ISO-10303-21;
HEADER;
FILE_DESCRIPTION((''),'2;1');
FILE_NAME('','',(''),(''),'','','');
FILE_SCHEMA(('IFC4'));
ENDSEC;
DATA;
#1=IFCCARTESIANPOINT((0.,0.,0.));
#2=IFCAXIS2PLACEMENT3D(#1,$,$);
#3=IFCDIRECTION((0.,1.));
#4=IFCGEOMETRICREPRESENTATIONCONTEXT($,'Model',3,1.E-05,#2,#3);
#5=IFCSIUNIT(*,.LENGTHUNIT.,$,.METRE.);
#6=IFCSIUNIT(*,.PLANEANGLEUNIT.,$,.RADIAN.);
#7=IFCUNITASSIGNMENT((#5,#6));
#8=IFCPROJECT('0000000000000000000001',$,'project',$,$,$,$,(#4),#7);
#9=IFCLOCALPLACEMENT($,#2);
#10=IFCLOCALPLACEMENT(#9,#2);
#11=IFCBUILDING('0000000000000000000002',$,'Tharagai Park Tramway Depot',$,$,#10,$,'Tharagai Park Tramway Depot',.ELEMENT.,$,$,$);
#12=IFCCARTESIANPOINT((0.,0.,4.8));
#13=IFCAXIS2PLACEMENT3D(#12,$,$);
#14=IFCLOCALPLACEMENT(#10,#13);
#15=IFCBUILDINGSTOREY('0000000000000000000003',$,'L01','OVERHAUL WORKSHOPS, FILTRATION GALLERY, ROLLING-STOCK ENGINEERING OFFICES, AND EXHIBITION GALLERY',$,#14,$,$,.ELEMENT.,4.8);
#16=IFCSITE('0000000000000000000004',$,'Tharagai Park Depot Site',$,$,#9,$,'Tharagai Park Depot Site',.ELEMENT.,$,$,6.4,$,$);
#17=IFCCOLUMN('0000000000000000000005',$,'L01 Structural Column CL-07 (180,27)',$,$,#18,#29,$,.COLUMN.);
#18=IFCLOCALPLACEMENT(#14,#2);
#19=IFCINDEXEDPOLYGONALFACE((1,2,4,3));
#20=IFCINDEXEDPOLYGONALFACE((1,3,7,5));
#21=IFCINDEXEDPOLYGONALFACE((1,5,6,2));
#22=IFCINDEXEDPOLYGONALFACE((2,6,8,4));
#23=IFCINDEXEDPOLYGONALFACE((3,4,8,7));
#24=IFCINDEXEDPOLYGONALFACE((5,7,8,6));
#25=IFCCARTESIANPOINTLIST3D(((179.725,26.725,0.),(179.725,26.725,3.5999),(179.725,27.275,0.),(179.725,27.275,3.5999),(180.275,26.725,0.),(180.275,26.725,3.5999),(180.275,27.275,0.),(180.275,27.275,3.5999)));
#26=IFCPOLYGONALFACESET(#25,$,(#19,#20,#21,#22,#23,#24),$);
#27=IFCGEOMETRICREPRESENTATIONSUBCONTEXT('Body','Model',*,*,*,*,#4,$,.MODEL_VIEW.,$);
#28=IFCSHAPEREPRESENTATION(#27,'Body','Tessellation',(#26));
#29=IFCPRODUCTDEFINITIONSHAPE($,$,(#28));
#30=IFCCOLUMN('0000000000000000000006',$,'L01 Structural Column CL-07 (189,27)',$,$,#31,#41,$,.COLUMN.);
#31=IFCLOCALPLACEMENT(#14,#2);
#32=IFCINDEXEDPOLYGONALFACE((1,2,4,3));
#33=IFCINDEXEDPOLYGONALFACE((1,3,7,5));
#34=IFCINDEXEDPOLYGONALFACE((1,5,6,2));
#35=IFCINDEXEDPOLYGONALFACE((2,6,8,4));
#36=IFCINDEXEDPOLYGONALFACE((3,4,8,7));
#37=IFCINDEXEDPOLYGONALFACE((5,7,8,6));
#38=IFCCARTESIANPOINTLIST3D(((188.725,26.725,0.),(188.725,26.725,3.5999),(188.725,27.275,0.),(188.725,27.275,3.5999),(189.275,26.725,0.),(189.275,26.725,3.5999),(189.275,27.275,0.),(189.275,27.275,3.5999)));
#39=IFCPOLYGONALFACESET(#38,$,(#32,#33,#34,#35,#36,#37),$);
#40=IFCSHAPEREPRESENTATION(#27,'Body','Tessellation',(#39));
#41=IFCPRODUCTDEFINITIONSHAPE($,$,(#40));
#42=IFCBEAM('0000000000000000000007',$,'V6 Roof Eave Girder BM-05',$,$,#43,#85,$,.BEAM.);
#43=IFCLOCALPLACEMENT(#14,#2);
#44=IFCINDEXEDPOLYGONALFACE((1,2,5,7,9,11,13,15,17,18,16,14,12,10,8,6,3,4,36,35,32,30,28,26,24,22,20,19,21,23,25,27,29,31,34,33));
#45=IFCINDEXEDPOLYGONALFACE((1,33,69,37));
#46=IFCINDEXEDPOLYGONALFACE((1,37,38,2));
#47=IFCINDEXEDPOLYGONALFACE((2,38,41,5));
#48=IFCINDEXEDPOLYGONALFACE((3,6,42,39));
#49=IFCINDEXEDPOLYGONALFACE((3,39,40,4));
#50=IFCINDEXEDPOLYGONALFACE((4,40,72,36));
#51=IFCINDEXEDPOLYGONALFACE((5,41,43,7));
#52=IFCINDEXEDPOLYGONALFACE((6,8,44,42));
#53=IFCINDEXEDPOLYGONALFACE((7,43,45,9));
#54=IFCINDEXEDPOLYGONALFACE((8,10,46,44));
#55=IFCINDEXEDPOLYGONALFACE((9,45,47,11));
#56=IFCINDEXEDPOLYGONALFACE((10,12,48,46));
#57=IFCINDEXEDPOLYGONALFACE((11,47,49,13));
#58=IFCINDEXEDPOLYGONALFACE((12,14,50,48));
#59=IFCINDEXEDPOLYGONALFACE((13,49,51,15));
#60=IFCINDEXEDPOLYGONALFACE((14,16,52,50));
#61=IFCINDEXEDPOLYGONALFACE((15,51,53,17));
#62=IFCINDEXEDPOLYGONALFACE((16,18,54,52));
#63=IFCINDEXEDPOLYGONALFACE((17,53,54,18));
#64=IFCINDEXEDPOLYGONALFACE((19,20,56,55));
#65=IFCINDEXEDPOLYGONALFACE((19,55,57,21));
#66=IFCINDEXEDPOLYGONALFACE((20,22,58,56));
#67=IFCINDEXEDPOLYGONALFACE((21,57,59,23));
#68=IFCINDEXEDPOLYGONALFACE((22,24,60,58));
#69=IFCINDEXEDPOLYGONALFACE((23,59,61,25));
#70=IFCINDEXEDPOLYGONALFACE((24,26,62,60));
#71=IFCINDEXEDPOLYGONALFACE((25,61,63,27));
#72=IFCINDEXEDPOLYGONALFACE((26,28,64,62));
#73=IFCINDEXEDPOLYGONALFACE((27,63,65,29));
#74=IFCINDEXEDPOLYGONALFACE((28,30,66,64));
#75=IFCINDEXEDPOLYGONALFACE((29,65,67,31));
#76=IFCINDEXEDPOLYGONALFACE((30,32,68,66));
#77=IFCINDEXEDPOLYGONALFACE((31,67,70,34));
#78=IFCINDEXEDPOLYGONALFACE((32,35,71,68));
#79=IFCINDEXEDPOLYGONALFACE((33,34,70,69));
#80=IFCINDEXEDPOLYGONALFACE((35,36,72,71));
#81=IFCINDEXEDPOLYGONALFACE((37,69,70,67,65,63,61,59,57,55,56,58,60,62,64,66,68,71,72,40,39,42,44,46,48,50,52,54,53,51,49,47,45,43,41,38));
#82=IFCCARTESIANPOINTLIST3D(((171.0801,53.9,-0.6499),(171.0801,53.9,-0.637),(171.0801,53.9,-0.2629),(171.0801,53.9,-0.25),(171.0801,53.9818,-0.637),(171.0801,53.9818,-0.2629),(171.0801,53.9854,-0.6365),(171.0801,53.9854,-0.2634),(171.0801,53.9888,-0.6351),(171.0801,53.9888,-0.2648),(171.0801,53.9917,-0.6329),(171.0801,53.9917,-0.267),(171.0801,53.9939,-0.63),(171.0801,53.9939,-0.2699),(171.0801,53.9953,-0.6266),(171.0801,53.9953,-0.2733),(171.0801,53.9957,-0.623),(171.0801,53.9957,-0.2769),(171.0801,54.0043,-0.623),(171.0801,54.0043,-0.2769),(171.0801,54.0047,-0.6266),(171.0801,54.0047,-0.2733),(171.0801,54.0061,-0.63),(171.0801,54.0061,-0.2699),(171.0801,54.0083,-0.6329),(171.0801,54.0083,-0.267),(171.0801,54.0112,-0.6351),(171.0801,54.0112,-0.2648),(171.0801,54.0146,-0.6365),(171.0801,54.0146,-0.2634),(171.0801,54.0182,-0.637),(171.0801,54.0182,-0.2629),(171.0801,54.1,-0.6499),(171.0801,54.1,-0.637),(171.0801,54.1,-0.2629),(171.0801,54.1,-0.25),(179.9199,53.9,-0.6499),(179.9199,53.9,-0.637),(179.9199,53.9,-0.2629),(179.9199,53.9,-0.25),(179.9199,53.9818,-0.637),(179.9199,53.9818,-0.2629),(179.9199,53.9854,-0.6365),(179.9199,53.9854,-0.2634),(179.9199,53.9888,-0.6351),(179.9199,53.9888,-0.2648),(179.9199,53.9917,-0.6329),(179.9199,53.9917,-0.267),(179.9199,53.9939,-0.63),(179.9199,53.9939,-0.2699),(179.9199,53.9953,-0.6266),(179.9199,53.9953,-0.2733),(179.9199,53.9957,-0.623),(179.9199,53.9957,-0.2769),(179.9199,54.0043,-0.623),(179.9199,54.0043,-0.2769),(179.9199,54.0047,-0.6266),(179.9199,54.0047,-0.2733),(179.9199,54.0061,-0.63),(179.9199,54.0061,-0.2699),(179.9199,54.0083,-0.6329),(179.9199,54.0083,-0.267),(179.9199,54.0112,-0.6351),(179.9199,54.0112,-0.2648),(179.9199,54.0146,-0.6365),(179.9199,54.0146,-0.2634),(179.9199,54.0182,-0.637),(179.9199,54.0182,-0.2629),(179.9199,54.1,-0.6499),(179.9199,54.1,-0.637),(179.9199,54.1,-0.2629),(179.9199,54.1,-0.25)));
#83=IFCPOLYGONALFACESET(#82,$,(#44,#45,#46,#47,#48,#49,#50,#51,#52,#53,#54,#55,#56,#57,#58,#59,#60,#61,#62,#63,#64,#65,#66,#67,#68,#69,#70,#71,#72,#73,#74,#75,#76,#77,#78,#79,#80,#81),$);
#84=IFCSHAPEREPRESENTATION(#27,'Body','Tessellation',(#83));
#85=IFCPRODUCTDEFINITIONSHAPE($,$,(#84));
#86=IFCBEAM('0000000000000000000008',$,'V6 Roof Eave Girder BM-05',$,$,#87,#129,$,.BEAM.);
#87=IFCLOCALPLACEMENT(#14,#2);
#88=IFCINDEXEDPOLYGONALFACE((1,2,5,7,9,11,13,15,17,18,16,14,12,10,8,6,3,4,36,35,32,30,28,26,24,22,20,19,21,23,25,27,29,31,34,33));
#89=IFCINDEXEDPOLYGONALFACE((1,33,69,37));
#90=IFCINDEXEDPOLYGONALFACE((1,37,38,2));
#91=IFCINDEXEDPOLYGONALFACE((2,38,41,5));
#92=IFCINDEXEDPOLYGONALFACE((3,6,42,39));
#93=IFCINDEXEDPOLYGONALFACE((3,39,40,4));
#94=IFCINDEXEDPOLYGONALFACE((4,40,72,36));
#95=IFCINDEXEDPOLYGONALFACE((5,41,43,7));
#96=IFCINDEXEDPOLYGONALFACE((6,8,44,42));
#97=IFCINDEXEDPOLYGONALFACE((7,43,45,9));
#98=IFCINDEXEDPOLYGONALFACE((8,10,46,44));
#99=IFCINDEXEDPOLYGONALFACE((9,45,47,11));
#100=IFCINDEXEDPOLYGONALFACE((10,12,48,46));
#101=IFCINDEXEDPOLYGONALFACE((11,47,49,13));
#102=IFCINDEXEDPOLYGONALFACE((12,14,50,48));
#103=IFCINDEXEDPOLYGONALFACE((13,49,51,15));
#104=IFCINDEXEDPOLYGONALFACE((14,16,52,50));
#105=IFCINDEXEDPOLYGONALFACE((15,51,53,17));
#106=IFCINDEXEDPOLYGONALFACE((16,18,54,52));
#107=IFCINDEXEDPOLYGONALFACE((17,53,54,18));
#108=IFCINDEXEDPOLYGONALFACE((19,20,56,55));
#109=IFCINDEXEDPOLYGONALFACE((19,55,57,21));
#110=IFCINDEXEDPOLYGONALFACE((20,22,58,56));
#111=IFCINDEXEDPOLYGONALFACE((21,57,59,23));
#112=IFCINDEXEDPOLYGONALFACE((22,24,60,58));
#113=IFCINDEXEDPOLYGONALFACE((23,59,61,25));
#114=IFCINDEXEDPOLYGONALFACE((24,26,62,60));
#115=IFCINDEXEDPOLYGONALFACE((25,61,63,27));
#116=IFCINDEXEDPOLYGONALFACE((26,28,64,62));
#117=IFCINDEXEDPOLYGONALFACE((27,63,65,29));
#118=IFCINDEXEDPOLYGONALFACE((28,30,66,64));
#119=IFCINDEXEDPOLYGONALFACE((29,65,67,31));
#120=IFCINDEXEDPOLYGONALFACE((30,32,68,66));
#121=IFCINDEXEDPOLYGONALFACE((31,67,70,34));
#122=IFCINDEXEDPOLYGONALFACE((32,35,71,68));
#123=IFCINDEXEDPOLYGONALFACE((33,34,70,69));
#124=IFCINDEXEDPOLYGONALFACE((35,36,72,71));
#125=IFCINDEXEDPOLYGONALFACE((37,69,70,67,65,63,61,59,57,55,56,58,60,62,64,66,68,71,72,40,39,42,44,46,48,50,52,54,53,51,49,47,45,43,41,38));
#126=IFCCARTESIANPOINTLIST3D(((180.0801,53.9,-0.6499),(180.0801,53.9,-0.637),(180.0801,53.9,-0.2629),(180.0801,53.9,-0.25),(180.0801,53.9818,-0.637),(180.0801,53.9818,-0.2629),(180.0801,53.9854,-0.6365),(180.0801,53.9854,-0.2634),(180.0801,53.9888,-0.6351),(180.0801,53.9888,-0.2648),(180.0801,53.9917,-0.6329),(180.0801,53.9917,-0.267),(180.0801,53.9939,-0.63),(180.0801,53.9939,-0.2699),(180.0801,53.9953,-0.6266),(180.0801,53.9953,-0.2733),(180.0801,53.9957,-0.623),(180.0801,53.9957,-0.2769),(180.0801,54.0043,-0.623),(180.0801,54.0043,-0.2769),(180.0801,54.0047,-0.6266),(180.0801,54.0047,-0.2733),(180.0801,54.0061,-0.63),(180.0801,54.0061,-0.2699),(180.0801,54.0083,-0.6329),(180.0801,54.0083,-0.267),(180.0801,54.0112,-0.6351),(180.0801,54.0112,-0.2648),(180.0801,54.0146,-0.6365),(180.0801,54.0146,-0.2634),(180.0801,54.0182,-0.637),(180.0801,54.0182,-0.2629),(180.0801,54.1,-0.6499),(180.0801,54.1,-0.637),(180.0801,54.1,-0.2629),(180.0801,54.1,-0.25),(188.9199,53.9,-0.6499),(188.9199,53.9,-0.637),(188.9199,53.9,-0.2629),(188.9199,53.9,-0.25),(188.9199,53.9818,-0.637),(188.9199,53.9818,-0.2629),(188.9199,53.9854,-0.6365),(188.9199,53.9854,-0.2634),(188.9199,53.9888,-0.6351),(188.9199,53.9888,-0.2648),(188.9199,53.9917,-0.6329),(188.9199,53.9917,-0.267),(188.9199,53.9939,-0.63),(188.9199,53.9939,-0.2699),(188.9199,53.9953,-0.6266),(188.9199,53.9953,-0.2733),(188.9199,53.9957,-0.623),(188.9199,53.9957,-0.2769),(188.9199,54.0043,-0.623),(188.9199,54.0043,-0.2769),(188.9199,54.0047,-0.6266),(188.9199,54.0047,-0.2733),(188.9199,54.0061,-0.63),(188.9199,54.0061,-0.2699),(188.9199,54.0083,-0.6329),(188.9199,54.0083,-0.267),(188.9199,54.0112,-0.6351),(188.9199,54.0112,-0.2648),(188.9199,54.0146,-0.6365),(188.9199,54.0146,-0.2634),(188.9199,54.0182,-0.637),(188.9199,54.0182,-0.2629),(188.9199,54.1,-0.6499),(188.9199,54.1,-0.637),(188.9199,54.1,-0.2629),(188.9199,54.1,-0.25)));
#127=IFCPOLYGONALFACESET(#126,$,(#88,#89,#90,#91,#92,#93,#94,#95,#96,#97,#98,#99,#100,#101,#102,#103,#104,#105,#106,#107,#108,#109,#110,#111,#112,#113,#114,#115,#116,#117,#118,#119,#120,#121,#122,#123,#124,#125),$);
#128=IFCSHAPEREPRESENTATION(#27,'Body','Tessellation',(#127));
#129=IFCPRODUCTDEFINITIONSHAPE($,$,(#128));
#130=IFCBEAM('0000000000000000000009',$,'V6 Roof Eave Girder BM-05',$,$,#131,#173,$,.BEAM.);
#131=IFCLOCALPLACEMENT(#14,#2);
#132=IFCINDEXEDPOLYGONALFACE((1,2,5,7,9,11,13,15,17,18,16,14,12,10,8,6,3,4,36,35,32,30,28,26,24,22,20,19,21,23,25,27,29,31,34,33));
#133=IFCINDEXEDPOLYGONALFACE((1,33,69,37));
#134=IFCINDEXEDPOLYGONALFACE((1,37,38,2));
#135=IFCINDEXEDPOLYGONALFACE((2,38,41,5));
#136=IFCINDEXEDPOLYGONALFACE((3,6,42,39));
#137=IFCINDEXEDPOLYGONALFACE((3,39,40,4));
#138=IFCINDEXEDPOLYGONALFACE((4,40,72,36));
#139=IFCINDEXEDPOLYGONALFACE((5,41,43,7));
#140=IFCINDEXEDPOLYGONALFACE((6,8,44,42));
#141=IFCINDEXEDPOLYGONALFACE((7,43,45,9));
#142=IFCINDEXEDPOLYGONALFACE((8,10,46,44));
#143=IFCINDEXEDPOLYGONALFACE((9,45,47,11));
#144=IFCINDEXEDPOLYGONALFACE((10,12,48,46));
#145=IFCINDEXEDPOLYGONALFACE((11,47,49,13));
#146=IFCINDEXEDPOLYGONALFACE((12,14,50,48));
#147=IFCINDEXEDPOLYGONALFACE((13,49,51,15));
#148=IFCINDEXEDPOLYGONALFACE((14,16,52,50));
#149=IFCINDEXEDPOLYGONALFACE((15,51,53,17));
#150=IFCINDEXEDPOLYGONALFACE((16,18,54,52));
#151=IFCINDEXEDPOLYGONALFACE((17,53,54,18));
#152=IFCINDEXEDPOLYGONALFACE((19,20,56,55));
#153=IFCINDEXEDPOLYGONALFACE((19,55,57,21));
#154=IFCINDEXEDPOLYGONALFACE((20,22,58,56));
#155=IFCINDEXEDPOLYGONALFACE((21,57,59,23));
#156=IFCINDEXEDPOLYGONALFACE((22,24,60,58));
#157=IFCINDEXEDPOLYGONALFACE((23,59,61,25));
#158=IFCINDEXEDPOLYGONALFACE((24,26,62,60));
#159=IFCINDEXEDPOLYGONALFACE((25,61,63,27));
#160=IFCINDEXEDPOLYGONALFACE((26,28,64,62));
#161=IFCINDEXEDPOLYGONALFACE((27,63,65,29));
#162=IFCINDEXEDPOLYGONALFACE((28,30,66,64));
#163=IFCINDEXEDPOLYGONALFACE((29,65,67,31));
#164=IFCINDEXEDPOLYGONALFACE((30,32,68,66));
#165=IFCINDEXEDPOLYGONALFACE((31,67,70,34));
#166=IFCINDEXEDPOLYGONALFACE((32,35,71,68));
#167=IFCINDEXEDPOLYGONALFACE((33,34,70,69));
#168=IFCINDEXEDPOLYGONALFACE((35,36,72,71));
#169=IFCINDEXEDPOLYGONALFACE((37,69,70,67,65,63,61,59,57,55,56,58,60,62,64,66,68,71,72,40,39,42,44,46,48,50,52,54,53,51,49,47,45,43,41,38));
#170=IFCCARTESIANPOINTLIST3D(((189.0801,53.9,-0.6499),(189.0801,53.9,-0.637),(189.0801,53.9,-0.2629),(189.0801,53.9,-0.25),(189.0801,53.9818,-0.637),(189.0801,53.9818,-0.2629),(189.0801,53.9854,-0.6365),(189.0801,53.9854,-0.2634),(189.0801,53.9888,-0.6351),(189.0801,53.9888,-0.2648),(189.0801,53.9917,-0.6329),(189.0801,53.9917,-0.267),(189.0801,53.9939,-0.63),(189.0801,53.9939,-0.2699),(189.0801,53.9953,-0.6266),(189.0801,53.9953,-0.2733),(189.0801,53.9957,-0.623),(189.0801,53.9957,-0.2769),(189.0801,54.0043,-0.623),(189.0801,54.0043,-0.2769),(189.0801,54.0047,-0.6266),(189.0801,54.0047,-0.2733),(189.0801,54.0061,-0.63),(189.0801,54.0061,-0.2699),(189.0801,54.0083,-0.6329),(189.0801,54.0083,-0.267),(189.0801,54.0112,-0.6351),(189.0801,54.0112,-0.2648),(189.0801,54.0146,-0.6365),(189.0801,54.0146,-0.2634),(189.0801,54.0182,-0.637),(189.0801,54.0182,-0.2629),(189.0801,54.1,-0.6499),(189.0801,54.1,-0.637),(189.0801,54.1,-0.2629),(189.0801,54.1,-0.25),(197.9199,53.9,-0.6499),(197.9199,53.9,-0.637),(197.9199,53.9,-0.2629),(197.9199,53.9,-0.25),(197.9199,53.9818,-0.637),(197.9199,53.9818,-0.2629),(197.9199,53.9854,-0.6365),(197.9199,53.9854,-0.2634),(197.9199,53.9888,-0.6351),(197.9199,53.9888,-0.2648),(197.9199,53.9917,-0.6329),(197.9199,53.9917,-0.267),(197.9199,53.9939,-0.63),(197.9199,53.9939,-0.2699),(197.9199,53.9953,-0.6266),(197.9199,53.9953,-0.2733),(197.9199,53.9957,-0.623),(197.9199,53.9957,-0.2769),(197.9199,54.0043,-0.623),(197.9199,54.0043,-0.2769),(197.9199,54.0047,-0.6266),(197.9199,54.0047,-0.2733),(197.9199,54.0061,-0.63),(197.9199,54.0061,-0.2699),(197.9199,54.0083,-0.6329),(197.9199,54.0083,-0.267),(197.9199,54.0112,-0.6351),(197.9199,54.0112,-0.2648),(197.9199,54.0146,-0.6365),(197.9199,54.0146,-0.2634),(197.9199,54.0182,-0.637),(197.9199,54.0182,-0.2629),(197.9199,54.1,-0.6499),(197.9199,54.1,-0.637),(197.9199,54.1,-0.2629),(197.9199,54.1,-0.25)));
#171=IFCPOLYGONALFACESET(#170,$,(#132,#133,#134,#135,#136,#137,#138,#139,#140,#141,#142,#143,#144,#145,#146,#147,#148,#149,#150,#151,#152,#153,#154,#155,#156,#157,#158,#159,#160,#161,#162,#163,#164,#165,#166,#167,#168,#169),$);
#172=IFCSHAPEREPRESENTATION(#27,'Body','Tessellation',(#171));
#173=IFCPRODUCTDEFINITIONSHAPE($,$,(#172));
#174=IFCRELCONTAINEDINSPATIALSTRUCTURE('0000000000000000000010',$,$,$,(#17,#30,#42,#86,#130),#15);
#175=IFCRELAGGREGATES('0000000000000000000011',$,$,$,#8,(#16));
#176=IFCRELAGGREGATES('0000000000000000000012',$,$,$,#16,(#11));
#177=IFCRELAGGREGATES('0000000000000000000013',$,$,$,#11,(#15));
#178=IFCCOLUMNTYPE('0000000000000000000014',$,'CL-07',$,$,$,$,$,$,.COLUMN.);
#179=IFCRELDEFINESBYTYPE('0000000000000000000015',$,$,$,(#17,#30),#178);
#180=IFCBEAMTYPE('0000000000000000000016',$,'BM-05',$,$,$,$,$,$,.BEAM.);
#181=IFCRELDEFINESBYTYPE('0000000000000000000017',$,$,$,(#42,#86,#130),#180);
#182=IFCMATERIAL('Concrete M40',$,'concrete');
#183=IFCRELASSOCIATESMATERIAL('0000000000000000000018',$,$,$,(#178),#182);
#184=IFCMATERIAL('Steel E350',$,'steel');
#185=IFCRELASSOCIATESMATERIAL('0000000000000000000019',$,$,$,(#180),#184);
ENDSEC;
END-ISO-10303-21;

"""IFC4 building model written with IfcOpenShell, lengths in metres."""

from ifc_helpers import new_model, si_unit, direction, frame, origin, origin_2d, place, context, subcontext, project, spatial, rectangle, i_section, extrude, material, material_profile, profile_set, type_object, element, save


model = new_model("IFC4")

# Units and contexts
model_context = context("Model", 3, precision=1e-05, world=origin(), true_north=direction((0.0, 1.0)))
body_context = subcontext(model_context, "Body", "Model", "MODEL_VIEW")
ifc_project = project(units=[si_unit("LENGTHUNIT", "METRE"), si_unit("PLANEANGLEUNIT", "RADIAN")], contexts=[model_context])

# Site, building, storey
site_placement = place(None, origin())
site = spatial("IfcSite", under=ifc_project, at=site_placement, Name="Tharagai Park Depot Site", LongName="Tharagai Park Depot Site", CompositionType="ELEMENT", RefElevation=6.4)
building_placement = place(site_placement, origin())
building = spatial("IfcBuilding", under=site, at=building_placement, Name="Tharagai Park Tramway Depot", LongName="Tharagai Park Tramway Depot", CompositionType="ELEMENT")
storey_placement = place(building_placement, frame((0.0, 0.0, 4.8)))
storey = spatial("IfcBuildingStorey", under=building, at=storey_placement, Name="L01", Description="OVERHAUL WORKSHOPS, FILTRATION GALLERY, ROLLING-STOCK ENGINEERING OFFICES, AND EXHIBITION GALLERY", CompositionType="ELEMENT", Elevation=4.8)

# Columns
ifc_material_1 = material(Name="Concrete M40", Category="concrete")
ifc_material_profile_1 = material_profile(ifc_material_1, rectangle(XDim=0.55, YDim=0.55, at=origin_2d()), Name="RC 550x550")
ifc_profile_set_1 = profile_set([ifc_material_profile_1], Name="Concrete M40")
column_type = type_object("IfcColumnType", Name="CL-07", PredefinedType="COLUMN", material=ifc_profile_set_1)
for number, where, z_axis, x_axis, name in (
    (1, (180.0, 27.0, 0.0), (0.0, 0.0, 1.0), (1.0, 0.0, 0.0), "L01 Structural Column CL-07 (180,27)"),
    (2, (189.0, 27.0, 0.0), (0.0, 0.0, 1.0), (1.0, 0.0, 0.0), "L01 Structural Column CL-07 (189,27)"),
):
    element("IfcColumn", number, at=place(storey_placement, frame(where, z_axis=z_axis, x_axis=x_axis)), inside=storey, type_object=column_type, Name=name, PredefinedType="COLUMN", context=body_context, shape_type="SweptSolid", body=[
        extrude(rectangle(XDim=0.55, YDim=0.55, at=origin_2d()), origin(), (0.0, 0.0, 1.0), 3.5999),
    ])

# Beams
ifc_material_2 = material(Name="Steel E350", Category="steel")
ifc_material_profile_2 = material_profile(ifc_material_2, i_section(OverallWidth=0.2, OverallDepth=0.3999, WebThickness=0.0085, FlangeThickness=0.0129, FilletRadius=0.0139, at=origin_2d()), Name="ISWB 400")
ifc_profile_set_2 = profile_set([ifc_material_profile_2], Name="Steel E350")
beam_type_1 = type_object("IfcBeamType", Name="BM-05", PredefinedType="BEAM", material=ifc_profile_set_2)
for number, where, z_axis, x_axis, name in (
    (3, (171.0801, 54.0, -0.45), (1.0, 0.0, 0.0), (0.0, 1.0, 0.0), "V6 Roof Eave Girder BM-05"),
    (4, (180.0801, 54.0, -0.45), (1.0, 0.0, 0.0), (0.0, 1.0, 0.0), "V6 Roof Eave Girder BM-05"),
    (5, (189.0801, 54.0, -0.45), (1.0, 0.0, 0.0), (0.0, 1.0, 0.0), "V6 Roof Eave Girder BM-05"),
):
    element("IfcBeam", number, at=place(storey_placement, frame(where, z_axis=z_axis, x_axis=x_axis)), inside=storey, type_object=beam_type_1, Name=name, PredefinedType="BEAM", context=body_context, shape_type="SweptSolid", body=[
        extrude(i_section(OverallWidth=0.2, OverallDepth=0.3999, WebThickness=0.0085, FlangeThickness=0.0129, FilletRadius=0.0139, at=origin_2d()), origin(), (0.0, 0.0, 1.0), 8.8398),
    ])

save(model, "model.ifc")
